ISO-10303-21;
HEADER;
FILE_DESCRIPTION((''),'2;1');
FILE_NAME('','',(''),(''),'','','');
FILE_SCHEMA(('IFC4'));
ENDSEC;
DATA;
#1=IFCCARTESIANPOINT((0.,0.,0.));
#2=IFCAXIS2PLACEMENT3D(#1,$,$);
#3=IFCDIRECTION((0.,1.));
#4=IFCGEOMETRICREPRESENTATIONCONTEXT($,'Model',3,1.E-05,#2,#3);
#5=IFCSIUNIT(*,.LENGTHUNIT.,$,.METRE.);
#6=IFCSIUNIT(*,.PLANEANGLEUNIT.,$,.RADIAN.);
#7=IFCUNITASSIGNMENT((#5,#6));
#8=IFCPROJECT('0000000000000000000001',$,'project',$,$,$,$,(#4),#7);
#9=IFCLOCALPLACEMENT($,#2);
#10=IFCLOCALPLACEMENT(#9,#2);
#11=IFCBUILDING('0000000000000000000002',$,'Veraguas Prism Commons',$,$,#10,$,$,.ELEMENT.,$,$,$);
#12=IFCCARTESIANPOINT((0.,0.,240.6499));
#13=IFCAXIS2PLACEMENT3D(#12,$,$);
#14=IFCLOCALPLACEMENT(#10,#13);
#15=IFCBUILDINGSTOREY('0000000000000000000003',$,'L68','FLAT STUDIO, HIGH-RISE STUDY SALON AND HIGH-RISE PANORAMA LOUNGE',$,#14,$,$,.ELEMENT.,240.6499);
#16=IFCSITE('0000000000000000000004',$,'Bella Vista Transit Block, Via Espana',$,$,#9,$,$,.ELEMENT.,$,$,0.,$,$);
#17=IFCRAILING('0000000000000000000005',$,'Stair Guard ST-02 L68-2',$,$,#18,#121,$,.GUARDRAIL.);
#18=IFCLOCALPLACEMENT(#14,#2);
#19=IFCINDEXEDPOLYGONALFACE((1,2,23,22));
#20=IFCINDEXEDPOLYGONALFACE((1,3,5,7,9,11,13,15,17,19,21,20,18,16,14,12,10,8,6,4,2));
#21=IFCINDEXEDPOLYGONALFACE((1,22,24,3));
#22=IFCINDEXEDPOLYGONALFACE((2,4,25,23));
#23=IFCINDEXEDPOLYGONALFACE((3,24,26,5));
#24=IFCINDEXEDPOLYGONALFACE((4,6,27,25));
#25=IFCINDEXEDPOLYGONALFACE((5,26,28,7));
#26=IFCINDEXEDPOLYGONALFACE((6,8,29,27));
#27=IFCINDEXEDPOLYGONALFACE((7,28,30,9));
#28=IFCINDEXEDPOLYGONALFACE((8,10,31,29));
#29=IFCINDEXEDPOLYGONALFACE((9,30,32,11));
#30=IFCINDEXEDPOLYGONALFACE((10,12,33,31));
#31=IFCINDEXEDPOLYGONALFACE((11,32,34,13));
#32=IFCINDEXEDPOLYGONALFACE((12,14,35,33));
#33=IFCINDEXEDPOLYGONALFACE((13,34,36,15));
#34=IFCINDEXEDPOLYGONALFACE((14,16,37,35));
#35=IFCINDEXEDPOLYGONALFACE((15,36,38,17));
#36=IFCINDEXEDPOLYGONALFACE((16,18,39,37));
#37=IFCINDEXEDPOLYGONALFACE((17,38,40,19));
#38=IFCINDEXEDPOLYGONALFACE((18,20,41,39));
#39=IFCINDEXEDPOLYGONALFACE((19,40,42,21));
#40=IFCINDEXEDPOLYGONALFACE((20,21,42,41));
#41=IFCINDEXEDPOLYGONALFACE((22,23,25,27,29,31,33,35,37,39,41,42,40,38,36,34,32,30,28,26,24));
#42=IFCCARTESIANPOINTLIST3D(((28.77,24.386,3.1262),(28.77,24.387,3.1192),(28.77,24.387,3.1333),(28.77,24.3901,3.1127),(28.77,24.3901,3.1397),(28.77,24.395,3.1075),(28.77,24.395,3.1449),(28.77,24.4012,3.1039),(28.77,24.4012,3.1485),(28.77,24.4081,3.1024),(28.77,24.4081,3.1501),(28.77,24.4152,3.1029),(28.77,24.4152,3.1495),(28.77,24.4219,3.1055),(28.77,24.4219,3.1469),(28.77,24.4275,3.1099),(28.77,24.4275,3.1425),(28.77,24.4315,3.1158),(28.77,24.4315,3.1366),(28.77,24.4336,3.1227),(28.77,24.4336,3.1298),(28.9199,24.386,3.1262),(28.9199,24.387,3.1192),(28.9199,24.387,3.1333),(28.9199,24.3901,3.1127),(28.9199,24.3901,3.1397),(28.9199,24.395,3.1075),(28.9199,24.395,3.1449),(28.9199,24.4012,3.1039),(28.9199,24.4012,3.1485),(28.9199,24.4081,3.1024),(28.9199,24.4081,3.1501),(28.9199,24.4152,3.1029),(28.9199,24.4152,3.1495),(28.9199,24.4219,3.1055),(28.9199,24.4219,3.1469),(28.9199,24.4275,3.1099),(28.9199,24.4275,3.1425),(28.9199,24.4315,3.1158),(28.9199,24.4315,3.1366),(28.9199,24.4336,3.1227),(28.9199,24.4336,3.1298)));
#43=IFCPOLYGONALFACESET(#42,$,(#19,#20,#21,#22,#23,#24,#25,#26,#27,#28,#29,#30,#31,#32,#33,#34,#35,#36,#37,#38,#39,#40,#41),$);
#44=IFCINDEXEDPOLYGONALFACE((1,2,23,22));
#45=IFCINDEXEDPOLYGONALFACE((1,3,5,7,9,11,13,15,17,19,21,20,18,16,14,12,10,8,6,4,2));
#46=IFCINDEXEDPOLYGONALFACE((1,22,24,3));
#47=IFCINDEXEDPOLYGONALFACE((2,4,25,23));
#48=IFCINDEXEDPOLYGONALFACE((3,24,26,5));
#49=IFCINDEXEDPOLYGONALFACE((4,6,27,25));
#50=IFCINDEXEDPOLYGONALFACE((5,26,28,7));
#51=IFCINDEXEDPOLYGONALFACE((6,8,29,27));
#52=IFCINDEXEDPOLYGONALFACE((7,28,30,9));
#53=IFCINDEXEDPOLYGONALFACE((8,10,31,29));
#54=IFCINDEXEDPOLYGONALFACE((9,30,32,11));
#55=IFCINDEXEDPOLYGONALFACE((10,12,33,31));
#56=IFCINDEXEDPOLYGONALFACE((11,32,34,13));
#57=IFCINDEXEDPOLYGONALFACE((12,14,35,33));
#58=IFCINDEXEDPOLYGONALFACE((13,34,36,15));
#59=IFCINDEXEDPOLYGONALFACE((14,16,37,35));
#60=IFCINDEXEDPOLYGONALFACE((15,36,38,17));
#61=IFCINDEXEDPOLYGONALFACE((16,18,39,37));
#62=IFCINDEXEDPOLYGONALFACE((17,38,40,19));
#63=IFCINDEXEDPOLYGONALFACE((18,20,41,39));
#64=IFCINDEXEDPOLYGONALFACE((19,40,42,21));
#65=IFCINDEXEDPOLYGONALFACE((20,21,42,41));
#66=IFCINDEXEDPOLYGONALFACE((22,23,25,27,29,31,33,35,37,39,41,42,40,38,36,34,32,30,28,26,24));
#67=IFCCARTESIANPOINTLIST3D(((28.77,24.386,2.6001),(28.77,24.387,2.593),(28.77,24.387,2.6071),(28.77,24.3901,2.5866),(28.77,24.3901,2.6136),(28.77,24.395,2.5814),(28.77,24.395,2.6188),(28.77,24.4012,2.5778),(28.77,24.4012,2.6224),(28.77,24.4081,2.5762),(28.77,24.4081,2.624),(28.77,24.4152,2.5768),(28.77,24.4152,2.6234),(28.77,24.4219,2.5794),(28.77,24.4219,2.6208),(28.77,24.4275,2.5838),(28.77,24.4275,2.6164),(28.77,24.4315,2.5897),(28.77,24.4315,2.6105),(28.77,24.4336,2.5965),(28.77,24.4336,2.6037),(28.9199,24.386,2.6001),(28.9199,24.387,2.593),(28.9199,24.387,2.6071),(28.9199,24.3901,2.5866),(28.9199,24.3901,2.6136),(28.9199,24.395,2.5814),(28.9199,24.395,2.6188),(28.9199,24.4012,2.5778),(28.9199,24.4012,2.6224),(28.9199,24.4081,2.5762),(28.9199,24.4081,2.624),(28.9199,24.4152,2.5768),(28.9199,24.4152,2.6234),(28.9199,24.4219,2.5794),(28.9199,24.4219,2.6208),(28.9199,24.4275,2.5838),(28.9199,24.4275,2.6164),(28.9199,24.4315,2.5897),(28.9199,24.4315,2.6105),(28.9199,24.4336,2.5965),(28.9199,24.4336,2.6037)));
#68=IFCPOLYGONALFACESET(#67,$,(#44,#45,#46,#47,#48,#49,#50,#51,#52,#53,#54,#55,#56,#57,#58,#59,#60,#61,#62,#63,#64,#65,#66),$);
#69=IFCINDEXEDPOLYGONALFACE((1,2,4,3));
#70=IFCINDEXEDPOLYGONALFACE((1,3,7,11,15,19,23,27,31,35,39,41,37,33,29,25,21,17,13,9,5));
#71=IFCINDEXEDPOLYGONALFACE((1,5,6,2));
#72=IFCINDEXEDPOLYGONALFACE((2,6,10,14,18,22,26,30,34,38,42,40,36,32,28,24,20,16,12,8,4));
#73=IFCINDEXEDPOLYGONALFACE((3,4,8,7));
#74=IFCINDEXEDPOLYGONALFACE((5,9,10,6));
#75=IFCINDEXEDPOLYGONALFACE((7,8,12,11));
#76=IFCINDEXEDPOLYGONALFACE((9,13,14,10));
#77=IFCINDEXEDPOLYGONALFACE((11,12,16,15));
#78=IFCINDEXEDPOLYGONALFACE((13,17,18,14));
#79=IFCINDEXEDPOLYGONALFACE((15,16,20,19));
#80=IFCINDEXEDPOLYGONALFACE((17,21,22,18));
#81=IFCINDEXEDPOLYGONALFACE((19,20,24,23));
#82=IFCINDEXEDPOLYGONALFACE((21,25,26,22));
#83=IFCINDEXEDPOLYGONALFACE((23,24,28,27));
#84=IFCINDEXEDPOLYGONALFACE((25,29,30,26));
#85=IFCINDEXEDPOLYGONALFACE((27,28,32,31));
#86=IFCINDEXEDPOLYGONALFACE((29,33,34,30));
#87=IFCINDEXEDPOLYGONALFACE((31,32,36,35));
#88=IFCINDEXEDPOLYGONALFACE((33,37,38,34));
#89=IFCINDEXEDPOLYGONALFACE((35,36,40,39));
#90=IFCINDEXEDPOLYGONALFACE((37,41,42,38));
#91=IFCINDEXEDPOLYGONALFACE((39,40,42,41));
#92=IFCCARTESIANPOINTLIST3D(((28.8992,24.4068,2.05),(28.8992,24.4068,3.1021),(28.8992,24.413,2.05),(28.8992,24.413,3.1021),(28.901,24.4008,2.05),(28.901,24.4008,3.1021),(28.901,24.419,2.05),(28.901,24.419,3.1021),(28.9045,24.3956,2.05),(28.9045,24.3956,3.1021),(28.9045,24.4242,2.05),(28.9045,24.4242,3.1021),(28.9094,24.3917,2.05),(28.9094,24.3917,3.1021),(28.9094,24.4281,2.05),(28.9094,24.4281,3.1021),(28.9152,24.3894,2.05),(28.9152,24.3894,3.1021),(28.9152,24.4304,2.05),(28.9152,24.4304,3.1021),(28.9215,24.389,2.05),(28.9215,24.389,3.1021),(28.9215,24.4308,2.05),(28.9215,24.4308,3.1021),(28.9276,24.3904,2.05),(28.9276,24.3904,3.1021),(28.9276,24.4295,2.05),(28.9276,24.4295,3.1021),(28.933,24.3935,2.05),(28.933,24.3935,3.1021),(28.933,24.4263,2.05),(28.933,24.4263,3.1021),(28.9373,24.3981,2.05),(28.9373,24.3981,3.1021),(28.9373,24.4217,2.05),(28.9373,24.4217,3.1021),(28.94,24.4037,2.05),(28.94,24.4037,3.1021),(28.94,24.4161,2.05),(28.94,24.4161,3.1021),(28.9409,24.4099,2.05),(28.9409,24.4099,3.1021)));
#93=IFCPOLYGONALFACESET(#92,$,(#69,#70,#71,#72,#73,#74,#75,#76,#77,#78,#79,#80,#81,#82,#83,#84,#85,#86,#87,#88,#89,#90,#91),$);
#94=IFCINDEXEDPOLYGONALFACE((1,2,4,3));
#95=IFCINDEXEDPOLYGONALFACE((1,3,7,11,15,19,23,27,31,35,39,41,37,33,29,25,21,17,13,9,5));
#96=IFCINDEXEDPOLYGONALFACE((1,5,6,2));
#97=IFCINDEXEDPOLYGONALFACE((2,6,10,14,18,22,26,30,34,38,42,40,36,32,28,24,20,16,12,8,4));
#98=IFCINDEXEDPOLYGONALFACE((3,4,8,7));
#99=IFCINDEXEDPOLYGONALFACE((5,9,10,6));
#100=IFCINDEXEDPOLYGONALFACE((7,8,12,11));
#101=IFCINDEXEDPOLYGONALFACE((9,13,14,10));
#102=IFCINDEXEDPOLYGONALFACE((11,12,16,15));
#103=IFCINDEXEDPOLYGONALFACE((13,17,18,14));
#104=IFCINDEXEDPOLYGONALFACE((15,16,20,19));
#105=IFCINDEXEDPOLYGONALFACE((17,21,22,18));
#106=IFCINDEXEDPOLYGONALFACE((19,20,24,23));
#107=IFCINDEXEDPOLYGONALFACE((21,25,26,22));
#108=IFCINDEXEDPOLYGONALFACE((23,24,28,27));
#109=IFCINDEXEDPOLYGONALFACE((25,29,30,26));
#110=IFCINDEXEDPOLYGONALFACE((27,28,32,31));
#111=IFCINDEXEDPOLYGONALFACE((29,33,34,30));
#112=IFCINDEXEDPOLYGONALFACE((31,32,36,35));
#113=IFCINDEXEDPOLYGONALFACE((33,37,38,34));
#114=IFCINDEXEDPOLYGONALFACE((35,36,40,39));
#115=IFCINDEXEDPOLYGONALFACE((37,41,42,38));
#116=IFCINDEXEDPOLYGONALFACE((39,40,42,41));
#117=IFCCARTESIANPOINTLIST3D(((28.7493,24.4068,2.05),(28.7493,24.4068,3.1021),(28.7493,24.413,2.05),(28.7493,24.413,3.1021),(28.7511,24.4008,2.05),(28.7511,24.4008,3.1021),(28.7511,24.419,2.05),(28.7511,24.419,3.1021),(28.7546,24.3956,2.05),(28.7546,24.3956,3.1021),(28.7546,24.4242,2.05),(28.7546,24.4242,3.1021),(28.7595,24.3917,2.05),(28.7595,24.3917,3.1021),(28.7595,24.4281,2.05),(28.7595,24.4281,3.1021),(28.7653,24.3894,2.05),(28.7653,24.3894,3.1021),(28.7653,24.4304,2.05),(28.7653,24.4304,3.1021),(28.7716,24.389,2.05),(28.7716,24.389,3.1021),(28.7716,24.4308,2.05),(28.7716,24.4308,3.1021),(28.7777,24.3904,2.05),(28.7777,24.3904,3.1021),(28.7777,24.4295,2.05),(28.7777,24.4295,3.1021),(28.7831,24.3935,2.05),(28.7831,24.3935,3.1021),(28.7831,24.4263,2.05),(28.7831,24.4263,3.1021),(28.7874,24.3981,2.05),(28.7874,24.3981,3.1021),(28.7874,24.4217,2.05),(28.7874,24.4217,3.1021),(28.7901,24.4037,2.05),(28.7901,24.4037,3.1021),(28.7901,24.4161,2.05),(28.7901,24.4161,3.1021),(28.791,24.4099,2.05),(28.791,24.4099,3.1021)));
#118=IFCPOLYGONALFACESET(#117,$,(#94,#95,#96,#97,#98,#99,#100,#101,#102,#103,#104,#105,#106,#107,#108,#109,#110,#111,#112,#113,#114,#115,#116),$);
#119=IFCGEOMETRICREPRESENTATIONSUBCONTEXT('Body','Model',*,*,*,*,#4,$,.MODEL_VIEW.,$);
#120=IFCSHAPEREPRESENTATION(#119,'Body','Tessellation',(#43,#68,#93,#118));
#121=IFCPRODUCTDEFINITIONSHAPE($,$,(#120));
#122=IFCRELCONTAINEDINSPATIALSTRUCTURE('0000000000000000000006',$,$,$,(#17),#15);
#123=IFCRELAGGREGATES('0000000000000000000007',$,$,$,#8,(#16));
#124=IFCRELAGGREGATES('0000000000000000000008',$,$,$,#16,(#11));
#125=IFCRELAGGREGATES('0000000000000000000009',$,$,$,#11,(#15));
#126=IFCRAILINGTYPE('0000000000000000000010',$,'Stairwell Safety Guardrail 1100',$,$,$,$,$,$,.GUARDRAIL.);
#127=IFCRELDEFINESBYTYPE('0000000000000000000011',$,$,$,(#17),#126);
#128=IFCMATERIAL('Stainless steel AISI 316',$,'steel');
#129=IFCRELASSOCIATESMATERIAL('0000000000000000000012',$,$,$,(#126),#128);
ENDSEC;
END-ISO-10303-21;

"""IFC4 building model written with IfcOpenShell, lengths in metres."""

from ifc_helpers import new_model, si_unit, direction, frame, origin, origin_2d, place, context, subcontext, project, spatial, circle, extrude, material, type_object, element, save


model = new_model("IFC4")

# Units and contexts
model_context = context("Model", 3, precision=1e-05, world=origin(), true_north=direction((0.0, 1.0)))
body_context = subcontext(model_context, "Body", "Model", "MODEL_VIEW")
ifc_project = project(units=[si_unit("LENGTHUNIT", "METRE"), si_unit("PLANEANGLEUNIT", "RADIAN")], contexts=[model_context])

# Site, building, storey
site_placement = place(None, origin())
site = spatial("IfcSite", under=ifc_project, at=site_placement, Name="Bella Vista Transit Block, Via Espana", CompositionType="ELEMENT", RefElevation=0.0)
building_placement = place(site_placement, origin())
building = spatial("IfcBuilding", under=site, at=building_placement, Name="Veraguas Prism Commons", CompositionType="ELEMENT")
storey_placement = place(building_placement, frame((0.0, 0.0, 240.6499)))
storey = spatial("IfcBuildingStorey", under=building, at=storey_placement, Name="L68", Description="FLAT STUDIO, HIGH-RISE STUDY SALON AND HIGH-RISE PANORAMA LOUNGE", CompositionType="ELEMENT", Elevation=240.6499)

# Railing
ifc_material_1 = material(Name="Stainless steel AISI 316", Category="steel")
railing_type_1 = type_object("IfcRailingType", Name="Stairwell Safety Guardrail 1100", PredefinedType="GUARDRAIL", material=ifc_material_1)
railing_1_placement = place(storey_placement, frame((28.9199, 24.4099, 2.05)))
element("IfcRailing", 1, at=railing_1_placement, inside=storey, type_object=railing_type_1, Name="Stair Guard ST-02 L68-2", PredefinedType="GUARDRAIL", context=body_context, shape_type="SweptSolid", body=[
    extrude(circle(Radius=0.0239, at=origin_2d()), frame((0.0, 0.0, 1.0762), z_axis=(-1.0, 0.0, 0.0), x_axis=(0.0, -1.0, 0.0)), (0.0, 0.0, 1.0), 0.1499),
    extrude(circle(Radius=0.0239, at=origin_2d()), frame((0.0, 0.0, 0.55), z_axis=(-1.0, 0.0, 0.0), x_axis=(0.0, -1.0, 0.0)), (0.0, 0.0, 1.0), 0.1499),
    extrude(circle(Radius=0.021, at=origin_2d()), origin(), (0.0, 0.0, 1.0), 1.052),
    extrude(circle(Radius=0.021, at=origin_2d()), frame((-0.1499, 0.0, 0.0)), (0.0, 0.0, 1.0), 1.052),
])

save(model, "model.ifc")
